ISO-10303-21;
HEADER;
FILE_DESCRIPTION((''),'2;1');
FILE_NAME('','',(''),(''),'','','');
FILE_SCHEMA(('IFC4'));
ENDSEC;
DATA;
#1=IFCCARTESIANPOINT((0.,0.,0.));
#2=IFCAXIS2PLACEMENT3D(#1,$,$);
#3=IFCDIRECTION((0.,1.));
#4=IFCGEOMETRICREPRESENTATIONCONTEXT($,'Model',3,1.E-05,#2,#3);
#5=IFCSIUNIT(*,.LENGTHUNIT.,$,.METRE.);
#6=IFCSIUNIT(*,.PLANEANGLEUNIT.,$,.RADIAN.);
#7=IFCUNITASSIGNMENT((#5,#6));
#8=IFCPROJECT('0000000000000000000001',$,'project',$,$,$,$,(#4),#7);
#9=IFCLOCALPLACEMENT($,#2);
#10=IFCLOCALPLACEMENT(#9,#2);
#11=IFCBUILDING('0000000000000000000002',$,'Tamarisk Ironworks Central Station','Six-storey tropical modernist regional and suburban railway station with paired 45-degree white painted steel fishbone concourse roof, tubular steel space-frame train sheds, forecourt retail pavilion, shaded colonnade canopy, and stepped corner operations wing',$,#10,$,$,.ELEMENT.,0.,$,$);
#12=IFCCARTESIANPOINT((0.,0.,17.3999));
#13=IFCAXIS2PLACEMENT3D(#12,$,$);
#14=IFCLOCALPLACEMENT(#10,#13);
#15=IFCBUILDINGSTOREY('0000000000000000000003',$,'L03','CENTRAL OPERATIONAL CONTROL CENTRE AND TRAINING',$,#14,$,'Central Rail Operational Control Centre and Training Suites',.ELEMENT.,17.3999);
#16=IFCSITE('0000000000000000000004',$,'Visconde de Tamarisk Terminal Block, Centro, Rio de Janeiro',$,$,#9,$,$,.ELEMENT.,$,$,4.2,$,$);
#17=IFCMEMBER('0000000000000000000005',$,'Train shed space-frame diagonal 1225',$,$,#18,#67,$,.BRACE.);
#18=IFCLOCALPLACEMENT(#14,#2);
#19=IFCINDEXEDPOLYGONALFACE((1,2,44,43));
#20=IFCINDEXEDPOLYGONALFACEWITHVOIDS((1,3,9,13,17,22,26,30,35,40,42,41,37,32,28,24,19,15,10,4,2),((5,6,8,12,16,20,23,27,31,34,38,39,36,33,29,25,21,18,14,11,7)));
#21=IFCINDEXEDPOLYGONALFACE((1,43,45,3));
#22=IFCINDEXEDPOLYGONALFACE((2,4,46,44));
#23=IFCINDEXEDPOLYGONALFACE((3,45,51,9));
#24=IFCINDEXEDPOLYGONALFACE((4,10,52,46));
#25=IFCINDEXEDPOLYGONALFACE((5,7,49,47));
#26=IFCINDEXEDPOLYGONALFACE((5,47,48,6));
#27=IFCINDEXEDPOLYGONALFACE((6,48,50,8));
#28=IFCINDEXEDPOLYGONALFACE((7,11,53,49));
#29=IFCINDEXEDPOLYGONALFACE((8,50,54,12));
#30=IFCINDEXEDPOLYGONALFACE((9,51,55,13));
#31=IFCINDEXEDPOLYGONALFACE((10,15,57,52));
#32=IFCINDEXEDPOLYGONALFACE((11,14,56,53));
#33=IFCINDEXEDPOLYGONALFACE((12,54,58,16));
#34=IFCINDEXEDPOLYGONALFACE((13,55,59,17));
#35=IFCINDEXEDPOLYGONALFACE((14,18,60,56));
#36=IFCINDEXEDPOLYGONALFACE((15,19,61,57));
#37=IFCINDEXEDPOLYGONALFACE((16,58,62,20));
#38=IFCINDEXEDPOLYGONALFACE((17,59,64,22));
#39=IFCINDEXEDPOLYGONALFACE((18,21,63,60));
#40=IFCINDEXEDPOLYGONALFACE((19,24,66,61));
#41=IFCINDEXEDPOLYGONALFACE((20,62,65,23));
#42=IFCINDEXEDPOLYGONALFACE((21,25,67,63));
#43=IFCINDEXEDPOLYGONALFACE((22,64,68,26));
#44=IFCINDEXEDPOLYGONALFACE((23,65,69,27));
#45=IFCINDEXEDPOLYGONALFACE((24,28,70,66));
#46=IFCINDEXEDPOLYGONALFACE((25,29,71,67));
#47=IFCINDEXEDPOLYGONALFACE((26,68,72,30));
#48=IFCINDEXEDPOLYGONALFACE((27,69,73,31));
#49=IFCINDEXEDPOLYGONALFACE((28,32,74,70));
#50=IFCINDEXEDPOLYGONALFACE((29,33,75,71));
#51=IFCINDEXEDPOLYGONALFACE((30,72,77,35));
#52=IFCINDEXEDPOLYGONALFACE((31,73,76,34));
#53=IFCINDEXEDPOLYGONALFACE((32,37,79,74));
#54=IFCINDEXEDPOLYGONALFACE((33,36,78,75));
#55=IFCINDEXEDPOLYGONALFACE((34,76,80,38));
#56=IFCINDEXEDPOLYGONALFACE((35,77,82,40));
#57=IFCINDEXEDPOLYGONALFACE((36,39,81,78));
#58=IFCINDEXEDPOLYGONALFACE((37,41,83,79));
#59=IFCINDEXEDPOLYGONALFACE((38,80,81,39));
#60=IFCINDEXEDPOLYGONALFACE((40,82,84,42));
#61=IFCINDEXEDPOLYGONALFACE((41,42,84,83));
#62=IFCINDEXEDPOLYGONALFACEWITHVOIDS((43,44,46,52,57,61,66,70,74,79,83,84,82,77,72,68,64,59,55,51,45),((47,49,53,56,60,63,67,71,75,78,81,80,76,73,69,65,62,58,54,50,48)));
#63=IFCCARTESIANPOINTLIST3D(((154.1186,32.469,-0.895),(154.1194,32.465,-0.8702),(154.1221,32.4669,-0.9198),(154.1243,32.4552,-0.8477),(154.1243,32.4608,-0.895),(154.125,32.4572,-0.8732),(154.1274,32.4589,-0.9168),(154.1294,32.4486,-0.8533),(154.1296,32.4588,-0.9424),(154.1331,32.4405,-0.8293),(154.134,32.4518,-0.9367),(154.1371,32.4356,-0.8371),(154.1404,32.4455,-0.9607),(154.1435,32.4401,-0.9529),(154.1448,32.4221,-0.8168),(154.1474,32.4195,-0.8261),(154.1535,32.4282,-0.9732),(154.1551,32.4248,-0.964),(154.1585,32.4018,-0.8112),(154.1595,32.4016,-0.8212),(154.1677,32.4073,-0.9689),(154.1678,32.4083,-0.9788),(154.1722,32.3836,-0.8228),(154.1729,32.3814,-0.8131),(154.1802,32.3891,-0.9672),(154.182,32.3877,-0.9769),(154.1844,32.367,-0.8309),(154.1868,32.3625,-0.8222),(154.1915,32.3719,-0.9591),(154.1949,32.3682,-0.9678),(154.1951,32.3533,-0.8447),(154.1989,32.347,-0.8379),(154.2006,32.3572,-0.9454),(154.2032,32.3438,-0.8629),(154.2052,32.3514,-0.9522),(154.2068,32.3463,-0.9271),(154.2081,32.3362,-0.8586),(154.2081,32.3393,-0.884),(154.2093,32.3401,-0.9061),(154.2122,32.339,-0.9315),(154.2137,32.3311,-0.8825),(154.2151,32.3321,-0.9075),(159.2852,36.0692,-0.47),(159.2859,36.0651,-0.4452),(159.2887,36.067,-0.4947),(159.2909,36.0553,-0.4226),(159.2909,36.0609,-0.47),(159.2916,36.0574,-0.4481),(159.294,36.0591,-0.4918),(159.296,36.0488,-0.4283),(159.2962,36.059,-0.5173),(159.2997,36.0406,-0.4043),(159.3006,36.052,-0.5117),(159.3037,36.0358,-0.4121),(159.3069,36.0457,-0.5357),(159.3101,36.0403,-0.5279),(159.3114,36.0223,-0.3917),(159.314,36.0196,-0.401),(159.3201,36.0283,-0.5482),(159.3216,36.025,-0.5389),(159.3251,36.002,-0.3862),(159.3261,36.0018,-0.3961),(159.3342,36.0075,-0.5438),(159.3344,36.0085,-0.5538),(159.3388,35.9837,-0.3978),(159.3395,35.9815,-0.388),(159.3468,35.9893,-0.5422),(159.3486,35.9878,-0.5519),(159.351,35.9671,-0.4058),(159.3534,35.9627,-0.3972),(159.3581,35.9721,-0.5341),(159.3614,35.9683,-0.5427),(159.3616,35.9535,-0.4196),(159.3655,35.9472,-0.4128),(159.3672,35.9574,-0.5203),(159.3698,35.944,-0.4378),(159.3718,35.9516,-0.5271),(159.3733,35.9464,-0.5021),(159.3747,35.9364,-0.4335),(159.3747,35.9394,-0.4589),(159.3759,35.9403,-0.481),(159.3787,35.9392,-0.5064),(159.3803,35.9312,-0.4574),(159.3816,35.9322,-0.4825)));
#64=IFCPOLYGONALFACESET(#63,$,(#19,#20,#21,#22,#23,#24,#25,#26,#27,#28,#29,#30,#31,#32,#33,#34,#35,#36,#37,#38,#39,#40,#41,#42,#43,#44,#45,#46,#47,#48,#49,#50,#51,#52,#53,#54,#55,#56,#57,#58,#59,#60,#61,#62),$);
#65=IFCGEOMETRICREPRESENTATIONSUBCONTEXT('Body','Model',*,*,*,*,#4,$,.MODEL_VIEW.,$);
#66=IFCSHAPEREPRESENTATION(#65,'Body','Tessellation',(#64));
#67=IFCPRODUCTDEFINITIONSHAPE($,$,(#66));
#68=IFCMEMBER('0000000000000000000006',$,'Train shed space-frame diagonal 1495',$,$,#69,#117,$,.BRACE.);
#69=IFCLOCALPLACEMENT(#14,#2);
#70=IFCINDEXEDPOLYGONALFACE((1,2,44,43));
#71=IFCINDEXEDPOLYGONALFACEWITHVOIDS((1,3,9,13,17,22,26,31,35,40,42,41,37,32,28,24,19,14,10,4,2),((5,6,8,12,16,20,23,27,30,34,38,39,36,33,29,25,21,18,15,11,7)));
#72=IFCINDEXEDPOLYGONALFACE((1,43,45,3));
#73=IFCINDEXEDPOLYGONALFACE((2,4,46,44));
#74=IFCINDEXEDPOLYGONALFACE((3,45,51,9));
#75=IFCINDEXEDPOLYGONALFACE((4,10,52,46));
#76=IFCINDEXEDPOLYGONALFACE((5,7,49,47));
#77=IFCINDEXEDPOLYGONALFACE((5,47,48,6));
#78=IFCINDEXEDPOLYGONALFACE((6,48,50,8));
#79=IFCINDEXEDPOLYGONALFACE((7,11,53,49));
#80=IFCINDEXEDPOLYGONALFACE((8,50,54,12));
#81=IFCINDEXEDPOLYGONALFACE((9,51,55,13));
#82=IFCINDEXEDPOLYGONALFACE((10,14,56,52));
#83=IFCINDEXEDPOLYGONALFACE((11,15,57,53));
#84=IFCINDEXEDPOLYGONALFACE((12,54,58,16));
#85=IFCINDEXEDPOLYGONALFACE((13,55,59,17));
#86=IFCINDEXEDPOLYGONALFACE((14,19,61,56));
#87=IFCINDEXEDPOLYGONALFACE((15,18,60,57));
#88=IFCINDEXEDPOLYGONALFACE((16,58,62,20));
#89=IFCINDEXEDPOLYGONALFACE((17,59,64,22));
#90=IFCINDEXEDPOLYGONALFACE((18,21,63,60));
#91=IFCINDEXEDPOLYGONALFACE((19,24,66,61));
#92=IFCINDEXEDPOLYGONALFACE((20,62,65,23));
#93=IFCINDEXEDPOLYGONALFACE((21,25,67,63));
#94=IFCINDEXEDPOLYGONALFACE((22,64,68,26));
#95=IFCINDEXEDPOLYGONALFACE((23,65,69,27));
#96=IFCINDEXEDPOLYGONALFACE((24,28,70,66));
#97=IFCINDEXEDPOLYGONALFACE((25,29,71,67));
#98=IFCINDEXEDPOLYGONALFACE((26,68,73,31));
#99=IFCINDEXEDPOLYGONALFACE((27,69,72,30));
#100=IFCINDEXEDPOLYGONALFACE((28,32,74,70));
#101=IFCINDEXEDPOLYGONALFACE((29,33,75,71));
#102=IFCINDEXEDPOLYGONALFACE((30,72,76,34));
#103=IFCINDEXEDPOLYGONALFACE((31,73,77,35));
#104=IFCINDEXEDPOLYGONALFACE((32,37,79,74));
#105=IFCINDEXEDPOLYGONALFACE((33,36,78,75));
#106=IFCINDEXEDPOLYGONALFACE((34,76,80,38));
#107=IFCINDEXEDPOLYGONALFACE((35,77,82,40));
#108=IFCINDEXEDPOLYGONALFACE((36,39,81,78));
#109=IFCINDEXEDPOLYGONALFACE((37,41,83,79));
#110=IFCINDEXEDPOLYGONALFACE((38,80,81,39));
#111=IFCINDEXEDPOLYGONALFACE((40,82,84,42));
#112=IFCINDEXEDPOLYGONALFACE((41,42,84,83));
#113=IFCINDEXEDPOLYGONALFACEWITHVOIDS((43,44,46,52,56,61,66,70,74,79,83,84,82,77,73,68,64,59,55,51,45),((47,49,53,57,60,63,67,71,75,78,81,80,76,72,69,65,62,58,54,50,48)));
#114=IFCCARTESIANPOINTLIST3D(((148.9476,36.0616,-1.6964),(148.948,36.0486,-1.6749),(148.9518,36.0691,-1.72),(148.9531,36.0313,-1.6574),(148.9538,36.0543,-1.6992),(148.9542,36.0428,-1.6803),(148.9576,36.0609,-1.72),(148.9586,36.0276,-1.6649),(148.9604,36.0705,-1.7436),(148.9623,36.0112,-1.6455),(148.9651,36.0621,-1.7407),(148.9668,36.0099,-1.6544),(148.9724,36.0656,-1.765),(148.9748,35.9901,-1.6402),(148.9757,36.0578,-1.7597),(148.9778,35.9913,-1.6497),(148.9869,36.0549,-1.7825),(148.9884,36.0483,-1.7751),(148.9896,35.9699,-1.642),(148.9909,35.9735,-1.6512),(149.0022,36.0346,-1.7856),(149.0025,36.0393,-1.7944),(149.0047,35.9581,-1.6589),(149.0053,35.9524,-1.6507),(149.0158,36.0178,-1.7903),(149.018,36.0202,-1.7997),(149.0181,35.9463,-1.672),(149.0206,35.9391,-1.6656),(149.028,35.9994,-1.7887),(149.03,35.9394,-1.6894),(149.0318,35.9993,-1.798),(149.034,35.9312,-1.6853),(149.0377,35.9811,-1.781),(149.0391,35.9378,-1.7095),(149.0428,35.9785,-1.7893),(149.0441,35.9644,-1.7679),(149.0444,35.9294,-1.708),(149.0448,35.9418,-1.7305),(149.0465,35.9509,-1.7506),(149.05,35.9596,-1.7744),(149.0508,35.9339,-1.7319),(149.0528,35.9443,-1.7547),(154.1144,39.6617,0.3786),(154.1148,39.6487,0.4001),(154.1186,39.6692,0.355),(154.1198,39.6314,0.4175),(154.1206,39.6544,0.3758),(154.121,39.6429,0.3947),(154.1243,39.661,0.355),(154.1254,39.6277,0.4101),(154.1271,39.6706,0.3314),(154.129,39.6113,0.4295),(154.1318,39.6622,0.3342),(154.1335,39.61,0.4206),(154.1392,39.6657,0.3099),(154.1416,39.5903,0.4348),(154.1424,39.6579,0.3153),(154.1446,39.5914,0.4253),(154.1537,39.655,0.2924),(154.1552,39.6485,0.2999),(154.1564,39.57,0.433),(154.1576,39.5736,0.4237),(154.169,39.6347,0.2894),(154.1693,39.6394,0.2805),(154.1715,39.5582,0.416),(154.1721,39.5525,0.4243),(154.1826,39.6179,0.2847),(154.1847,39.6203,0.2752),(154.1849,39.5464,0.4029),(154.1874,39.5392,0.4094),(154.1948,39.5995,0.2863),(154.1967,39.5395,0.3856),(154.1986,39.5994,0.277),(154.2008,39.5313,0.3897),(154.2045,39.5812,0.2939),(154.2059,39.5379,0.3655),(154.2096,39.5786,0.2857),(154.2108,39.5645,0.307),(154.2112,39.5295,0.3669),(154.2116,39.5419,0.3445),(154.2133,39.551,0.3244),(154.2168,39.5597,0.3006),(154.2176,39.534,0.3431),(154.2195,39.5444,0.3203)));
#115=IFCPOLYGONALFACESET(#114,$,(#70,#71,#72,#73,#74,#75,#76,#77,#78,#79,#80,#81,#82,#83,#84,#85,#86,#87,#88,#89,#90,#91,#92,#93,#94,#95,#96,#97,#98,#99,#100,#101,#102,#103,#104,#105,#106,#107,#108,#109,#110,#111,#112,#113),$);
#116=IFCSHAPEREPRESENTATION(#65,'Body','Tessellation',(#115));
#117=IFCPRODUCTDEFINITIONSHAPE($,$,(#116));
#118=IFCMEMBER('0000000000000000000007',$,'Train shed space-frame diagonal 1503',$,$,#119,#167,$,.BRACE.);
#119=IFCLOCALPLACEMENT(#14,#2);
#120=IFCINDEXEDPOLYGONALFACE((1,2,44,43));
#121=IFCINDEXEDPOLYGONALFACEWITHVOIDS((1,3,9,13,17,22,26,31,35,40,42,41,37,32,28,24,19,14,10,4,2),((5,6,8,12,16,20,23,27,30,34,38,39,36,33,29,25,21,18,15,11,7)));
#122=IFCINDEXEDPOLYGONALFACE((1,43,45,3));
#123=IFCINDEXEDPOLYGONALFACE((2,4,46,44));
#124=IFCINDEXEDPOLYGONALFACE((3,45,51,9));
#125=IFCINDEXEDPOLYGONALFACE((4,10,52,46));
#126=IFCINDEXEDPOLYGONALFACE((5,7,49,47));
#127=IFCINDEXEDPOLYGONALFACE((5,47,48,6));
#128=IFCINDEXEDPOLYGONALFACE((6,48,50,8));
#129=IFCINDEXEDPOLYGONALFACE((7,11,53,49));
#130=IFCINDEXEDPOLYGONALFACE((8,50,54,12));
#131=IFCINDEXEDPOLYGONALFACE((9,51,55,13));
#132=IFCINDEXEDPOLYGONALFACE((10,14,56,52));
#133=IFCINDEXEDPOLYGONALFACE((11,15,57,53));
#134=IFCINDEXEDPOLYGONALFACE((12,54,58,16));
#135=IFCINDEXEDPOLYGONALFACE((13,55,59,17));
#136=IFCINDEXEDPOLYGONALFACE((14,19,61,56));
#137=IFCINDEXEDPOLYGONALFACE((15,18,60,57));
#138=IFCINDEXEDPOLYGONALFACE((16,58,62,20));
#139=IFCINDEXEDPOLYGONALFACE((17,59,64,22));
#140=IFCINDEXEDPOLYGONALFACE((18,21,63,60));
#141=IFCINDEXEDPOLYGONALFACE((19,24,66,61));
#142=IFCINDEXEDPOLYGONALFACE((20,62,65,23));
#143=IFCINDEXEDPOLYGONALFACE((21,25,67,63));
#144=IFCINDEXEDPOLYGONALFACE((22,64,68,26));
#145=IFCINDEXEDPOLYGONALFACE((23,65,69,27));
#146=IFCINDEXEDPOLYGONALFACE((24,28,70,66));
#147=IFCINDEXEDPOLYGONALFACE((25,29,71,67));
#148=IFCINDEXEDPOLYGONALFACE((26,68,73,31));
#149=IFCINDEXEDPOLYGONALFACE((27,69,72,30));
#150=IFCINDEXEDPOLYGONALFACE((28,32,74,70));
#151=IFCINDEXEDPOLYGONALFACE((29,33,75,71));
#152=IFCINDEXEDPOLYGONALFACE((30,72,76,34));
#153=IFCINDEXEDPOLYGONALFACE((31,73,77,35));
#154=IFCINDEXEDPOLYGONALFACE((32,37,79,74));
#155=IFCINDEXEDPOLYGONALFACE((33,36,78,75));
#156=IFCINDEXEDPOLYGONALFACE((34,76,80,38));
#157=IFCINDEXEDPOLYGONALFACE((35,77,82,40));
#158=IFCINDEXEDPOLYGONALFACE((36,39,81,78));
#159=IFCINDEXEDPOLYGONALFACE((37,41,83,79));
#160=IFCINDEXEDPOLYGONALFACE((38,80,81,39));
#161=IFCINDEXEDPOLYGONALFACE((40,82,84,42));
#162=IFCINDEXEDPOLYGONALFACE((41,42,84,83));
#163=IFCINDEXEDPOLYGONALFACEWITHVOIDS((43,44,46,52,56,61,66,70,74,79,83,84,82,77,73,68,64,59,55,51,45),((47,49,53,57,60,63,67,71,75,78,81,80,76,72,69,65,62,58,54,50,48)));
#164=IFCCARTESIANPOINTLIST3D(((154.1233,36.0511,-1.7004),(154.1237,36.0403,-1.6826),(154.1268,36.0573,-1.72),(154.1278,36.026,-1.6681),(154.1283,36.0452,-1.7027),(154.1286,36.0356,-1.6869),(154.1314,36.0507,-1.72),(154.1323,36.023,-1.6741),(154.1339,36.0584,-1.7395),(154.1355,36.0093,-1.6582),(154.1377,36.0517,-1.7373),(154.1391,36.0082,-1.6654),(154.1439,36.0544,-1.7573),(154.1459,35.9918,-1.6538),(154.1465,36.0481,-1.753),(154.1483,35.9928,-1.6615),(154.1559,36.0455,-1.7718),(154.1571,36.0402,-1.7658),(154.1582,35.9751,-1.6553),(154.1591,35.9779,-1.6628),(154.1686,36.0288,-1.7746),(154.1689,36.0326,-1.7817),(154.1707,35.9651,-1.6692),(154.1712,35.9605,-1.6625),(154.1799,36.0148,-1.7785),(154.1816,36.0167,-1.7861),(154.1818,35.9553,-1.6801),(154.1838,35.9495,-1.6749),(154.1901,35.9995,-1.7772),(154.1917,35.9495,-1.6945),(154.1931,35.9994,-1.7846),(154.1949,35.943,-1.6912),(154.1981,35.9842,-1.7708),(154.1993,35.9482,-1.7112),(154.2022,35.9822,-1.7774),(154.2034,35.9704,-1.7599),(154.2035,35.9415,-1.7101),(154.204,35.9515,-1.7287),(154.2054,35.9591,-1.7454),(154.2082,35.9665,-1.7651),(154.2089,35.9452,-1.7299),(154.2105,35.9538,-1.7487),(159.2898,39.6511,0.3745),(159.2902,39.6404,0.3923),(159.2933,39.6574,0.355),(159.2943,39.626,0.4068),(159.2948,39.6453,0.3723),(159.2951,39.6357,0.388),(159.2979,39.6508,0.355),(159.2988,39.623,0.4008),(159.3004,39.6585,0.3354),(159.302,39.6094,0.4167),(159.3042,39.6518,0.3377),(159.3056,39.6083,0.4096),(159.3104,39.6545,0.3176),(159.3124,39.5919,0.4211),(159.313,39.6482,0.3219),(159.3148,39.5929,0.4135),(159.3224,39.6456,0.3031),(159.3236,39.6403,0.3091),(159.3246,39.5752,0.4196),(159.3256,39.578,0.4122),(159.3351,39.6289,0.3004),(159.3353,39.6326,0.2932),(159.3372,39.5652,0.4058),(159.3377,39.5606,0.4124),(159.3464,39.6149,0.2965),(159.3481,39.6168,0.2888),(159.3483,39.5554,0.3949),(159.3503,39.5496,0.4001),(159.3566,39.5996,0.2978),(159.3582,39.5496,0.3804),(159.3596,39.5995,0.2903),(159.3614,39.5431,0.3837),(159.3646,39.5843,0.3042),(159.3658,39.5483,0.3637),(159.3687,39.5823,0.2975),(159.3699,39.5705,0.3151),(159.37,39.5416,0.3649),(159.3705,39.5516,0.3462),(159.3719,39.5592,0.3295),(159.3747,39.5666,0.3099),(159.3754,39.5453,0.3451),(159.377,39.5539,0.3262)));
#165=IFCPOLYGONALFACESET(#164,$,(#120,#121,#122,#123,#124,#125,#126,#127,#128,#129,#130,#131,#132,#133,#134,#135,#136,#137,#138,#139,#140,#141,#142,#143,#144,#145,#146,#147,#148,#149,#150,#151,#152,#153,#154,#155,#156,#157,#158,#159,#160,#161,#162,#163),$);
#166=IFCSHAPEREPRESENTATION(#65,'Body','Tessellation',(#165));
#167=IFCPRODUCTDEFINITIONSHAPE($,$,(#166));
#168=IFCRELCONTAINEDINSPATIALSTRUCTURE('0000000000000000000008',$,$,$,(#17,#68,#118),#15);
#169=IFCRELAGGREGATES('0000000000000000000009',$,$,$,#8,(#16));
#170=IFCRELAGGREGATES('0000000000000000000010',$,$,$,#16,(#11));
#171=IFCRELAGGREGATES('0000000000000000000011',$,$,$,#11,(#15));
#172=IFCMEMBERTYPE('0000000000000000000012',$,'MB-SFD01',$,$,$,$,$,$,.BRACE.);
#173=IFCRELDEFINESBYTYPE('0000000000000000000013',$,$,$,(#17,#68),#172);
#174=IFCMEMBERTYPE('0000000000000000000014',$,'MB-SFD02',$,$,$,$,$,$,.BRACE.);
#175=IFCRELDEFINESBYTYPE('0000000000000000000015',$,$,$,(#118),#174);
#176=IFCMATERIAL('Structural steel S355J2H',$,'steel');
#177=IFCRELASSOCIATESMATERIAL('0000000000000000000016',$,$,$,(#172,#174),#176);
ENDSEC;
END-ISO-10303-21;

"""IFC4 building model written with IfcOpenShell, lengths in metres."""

from ifc_helpers import new_model, si_unit, direction, frame, origin, origin_2d, place, context, subcontext, project, spatial, hollow_circle, extrude, material, material_profile, profile_set, type_object, element, save


model = new_model("IFC4")

# Units and contexts
model_context = context("Model", 3, precision=1e-05, world=origin(), true_north=direction((0.0, 1.0)))
body_context = subcontext(model_context, "Body", "Model", "MODEL_VIEW")
ifc_project = project(units=[si_unit("LENGTHUNIT", "METRE"), si_unit("PLANEANGLEUNIT", "RADIAN")], contexts=[model_context])

# Site, building, storey
site_placement = place(None, origin())
site = spatial("IfcSite", under=ifc_project, at=site_placement, Name="Visconde de Tamarisk Terminal Block, Centro, Rio de Janeiro", CompositionType="ELEMENT", RefElevation=4.2)
building_placement = place(site_placement, origin())
building = spatial("IfcBuilding", under=site, at=building_placement, Name="Tamarisk Ironworks Central Station", Description="Six-storey tropical modernist regional and suburban railway station with paired 45-degree white painted steel fishbone concourse roof, tubular steel space-frame train sheds, forecourt retail pavilion, shaded colonnade canopy, and stepped corner operations wing", CompositionType="ELEMENT", ElevationOfRefHeight=0.0)
storey_placement = place(building_placement, frame((0.0, 0.0, 17.3999)))
storey = spatial("IfcBuildingStorey", under=building, at=storey_placement, Name="L03", Description="CENTRAL OPERATIONAL CONTROL CENTRE AND TRAINING", LongName="Central Rail Operational Control Centre and Training Suites", CompositionType="ELEMENT", Elevation=17.3999)

# Members
ifc_material_1 = material(Name="Structural steel S355J2H", Category="steel")
ifc_material_profile_1 = material_profile(ifc_material_1, hollow_circle(Radius=0.0842, WallThickness=0.01, at=origin_2d()), Name="CHS 168.3x10")
ifc_profile_set_1 = profile_set([ifc_material_profile_1], Name="Structural steel S355J2H")
member_type_1 = type_object("IfcMemberType", Name="MB-SFD01", PredefinedType="BRACE", material=ifc_profile_set_1)
member_1_placement = place(storey_placement, frame((154.1667, 32.3999, -0.895), z_axis=(0.818595, 0.570409, 0.067346), x_axis=(-0.571707, 0.820458, 0.0)))
element("IfcMember", 1, at=member_1_placement, inside=storey, type_object=member_type_1, Name="Train shed space-frame diagonal 1225", PredefinedType="BRACE", context=body_context, shape_type="SweptSolid", body=[
    extrude(hollow_circle(Radius=0.0842, WallThickness=0.01, at=origin_2d()), origin(), (0.0, 0.0, 1.0), 6.3115),
])
member_2_placement = place(storey_placement, frame((149.0, 36.0, -1.72), z_axis=(0.779258, 0.542973, 0.312948), x_axis=(-0.571689, 0.82047, 0.0)))
element("IfcMember", 2, at=member_2_placement, inside=storey, type_object=member_type_1, Name="Train shed space-frame diagonal 1495", PredefinedType="BRACE", context=body_context, shape_type="SweptSolid", body=[
    extrude(hollow_circle(Radius=0.0842, WallThickness=0.01, at=origin_2d()), origin(), (0.0, 0.0, 1.0), 6.6304),
])
ifc_material_profile_2 = material_profile(ifc_material_1, hollow_circle(Radius=0.0698, WallThickness=0.0081, at=origin_2d()), Name="CHS 139.7x8")
ifc_profile_set_2 = profile_set([ifc_material_profile_2], Name="Structural steel S355J2H")
member_type_2 = type_object("IfcMemberType", Name="MB-SFD02", PredefinedType="BRACE", material=ifc_profile_set_2)
member_3_placement = place(storey_placement, frame((154.1667, 36.0, -1.72), z_axis=(0.779244, 0.542989, 0.312957), x_axis=(-0.571707, 0.820458, 0.0)))
element("IfcMember", 3, at=member_3_placement, inside=storey, type_object=member_type_2, Name="Train shed space-frame diagonal 1503", PredefinedType="BRACE", context=body_context, shape_type="SweptSolid", body=[
    extrude(hollow_circle(Radius=0.0698, WallThickness=0.0081, at=origin_2d()), origin(), (0.0, 0.0, 1.0), 6.6301),
])

save(model, "model.ifc")
